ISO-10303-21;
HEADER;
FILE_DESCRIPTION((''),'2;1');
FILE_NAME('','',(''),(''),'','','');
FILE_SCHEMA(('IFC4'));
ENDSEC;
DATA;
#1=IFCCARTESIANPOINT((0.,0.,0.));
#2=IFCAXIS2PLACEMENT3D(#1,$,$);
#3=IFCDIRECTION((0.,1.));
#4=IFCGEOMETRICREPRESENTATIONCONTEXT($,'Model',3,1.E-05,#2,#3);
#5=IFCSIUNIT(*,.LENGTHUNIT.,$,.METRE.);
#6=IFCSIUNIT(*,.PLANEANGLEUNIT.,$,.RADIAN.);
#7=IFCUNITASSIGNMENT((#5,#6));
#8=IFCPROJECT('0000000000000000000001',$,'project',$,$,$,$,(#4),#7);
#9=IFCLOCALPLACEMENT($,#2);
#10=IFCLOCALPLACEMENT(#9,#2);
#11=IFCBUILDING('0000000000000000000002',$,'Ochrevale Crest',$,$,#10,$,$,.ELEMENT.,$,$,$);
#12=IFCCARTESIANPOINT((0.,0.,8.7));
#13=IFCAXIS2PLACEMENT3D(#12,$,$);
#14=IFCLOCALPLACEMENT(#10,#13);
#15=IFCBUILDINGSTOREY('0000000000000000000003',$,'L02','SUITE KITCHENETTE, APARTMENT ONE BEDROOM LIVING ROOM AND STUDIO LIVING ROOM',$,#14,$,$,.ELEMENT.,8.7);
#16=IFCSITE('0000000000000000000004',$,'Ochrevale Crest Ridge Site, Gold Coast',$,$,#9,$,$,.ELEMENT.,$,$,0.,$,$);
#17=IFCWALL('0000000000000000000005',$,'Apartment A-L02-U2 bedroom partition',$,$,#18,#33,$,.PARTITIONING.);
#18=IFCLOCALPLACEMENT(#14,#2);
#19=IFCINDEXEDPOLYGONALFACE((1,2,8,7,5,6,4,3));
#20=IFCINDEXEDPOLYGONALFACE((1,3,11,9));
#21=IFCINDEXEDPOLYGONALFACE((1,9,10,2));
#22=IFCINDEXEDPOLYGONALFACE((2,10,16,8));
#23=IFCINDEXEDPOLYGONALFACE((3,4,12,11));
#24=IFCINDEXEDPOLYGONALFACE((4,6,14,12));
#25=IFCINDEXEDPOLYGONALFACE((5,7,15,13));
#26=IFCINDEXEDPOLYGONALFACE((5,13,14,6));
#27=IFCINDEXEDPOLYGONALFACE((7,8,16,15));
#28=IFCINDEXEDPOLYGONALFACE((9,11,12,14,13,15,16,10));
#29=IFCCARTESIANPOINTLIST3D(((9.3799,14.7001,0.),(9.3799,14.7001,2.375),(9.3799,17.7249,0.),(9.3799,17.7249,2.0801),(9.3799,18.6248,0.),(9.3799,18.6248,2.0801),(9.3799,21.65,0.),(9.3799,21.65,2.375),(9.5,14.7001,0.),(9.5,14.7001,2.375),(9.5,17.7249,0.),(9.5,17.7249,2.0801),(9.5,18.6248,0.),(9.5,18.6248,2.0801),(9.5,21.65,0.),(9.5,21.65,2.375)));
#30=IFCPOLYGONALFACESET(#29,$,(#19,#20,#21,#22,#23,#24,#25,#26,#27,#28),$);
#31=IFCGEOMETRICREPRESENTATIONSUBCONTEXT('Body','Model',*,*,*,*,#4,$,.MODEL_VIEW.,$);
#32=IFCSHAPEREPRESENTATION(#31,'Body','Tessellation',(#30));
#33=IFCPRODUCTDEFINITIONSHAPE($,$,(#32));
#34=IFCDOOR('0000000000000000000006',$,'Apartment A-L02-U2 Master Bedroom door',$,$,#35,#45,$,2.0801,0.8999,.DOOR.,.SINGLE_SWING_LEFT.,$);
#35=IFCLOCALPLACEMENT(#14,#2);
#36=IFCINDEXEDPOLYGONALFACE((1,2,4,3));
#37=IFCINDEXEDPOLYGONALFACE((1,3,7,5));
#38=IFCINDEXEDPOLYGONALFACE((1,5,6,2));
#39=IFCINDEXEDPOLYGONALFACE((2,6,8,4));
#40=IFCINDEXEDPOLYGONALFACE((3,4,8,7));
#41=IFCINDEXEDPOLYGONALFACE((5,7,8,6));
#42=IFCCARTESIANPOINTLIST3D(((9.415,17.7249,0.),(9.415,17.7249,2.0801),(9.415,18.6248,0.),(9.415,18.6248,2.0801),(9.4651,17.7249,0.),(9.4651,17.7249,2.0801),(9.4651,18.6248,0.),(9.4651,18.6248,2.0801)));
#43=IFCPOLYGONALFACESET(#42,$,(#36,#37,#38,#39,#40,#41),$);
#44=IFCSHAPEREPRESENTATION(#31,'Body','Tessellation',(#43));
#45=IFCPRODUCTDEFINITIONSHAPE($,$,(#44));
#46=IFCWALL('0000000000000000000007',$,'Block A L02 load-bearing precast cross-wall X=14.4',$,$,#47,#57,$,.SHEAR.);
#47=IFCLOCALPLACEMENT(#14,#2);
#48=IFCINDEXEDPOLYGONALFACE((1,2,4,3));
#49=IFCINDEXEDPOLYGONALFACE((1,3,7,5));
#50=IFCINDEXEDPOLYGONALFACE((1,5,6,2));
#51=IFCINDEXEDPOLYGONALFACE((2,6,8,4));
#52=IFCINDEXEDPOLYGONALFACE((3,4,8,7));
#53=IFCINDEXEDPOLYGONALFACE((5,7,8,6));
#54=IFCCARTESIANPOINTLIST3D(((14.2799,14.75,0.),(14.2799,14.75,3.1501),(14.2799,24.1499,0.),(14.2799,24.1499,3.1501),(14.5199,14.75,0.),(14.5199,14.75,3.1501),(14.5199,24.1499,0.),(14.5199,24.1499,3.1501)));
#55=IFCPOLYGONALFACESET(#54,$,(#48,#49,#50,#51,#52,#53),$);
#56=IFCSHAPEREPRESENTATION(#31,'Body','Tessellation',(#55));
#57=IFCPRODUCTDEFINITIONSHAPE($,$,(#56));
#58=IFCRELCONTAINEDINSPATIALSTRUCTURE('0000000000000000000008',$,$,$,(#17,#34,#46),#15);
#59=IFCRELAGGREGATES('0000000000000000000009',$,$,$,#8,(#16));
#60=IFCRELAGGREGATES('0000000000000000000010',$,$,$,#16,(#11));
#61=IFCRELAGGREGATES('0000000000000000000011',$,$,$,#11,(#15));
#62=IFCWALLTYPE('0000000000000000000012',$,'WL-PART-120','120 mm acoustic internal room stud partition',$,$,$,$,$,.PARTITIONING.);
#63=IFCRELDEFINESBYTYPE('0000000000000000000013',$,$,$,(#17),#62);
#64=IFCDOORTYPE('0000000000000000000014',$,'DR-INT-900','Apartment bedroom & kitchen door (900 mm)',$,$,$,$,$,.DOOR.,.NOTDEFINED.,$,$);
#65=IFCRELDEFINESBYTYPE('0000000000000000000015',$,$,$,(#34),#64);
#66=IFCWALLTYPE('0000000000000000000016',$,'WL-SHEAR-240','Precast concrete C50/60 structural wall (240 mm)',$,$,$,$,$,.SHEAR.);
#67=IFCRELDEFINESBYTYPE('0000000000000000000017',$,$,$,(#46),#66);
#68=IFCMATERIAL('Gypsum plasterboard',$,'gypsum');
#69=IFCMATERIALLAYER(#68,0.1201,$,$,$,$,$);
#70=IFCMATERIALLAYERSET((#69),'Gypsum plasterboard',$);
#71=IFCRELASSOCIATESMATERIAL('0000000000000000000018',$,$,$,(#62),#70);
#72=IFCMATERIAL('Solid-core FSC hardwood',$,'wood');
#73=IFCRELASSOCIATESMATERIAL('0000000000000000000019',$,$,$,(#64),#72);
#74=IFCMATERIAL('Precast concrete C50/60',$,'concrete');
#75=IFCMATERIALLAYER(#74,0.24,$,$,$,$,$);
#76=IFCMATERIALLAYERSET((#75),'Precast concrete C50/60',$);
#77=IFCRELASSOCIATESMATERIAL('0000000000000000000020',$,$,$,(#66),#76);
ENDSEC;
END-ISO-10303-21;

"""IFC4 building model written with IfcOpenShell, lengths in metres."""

from ifc_helpers import new_model, si_unit, direction, frame, frame_2d, origin, place, context, subcontext, project, spatial, rectangle, extrude, material, layer, layer_set, type_object, element, fill, save


model = new_model("IFC4")

# Units and contexts
model_context = context("Model", 3, precision=1e-05, world=origin(), true_north=direction((0.0, 1.0)))
body_context = subcontext(model_context, "Body", "Model", "MODEL_VIEW")
ifc_project = project(units=[si_unit("LENGTHUNIT", "METRE"), si_unit("PLANEANGLEUNIT", "RADIAN")], contexts=[model_context])

# Site, building, storey
site_placement = place(None, origin())
site = spatial("IfcSite", under=ifc_project, at=site_placement, Name="Ochrevale Crest Ridge Site, Gold Coast", CompositionType="ELEMENT", RefElevation=0.0)
building_placement = place(site_placement, origin())
building = spatial("IfcBuilding", under=site, at=building_placement, Name="Ochrevale Crest", CompositionType="ELEMENT")
storey_placement = place(building_placement, frame((0.0, 0.0, 8.7)))
storey = spatial("IfcBuildingStorey", under=building, at=storey_placement, Name="L02", Description="SUITE KITCHENETTE, APARTMENT ONE BEDROOM LIVING ROOM AND STUDIO LIVING ROOM", CompositionType="ELEMENT", Elevation=8.7)

# Shared definitions
ifc_material_1 = material(Name="Precast concrete C50/60", Category="concrete")

# Wall, opening, door
ifc_material_2 = material(Name="Gypsum plasterboard", Category="gypsum")
ifc_layer_1 = layer(ifc_material_2, 0.1201)
ifc_layer_set_1 = layer_set([ifc_layer_1], Name="Gypsum plasterboard")
wall_type_1 = type_object("IfcWallType", Name="WL-PART-120", Description="120 mm acoustic internal room stud partition", PredefinedType="PARTITIONING", material=ifc_layer_set_1)
wall_1_placement = place(storey_placement, frame((9.4399, 14.7, 0.0), z_axis=(0.0, 0.0, 1.0), x_axis=(0.0, 1.0, 0.0)))
wall_1 = element("IfcWall", 1, at=wall_1_placement, inside=storey, type_object=wall_type_1, Name="Apartment A-L02-U2 bedroom partition", PredefinedType="PARTITIONING", context=body_context, shape_type="SweptSolid", body=[
    extrude(rectangle(XDim=6.95, YDim=0.1201, at=frame_2d((3.4751, 0.0))), origin(), (0.0, 0.0, 1.0), 2.375),
])
opening_placement = place(wall_1_placement, frame((3.0249, 0.0, 0.0)))
opening = element("IfcOpeningElement", 2, at=opening_placement, cuts=wall_1, PredefinedType="OPENING", context=body_context, shape_type="SweptSolid", body=[
    extrude(rectangle(XDim=0.8999, YDim=2.0801, at=frame_2d((0.45, 1.04))), frame((0.0, 0.0701, 0.0), z_axis=(0.0, -1.0, 0.0), x_axis=(1.0, 0.0, 0.0)), (0.0, 0.0, 1.0), 0.1401),
])
ifc_material_3 = material(Name="Solid-core FSC hardwood", Category="wood")
door_type = type_object("IfcDoorType", Name="DR-INT-900", Description="Apartment bedroom & kitchen door (900 mm)", OperationType="NOTDEFINED", PredefinedType="DOOR", material=ifc_material_3)
door_placement = place(opening_placement, origin())
door = element("IfcDoor", 3, at=door_placement, inside=storey, type_object=door_type, Name="Apartment A-L02-U2 Master Bedroom door", OperationType="SINGLE_SWING_LEFT", OverallHeight=2.0801, OverallWidth=0.8999, PredefinedType="DOOR", context=body_context, shape_type="SweptSolid", body=[
    extrude(rectangle(XDim=0.8999, YDim=2.0801, at=frame_2d((0.45, 1.04))), frame((0.0, 0.0249, 0.0), z_axis=(0.0, -1.0, 0.0), x_axis=(1.0, 0.0, 0.0)), (0.0, 0.0, 1.0), 0.05),
])
fill(opening, door)

# Wall
ifc_layer_2 = layer(ifc_material_1, 0.24)
ifc_layer_set_2 = layer_set([ifc_layer_2], Name="Precast concrete C50/60")
wall_type_2 = type_object("IfcWallType", Name="WL-SHEAR-240", Description="Precast concrete C50/60 structural wall (240 mm)", PredefinedType="SHEAR", material=ifc_layer_set_2)
wall_2_placement = place(storey_placement, frame((14.3999, 14.75, 0.0), z_axis=(0.0, 0.0, 1.0), x_axis=(0.0, 1.0, 0.0)))
element("IfcWall", 4, at=wall_2_placement, inside=storey, type_object=wall_type_2, Name="Block A L02 load-bearing precast cross-wall X=14.4", PredefinedType="SHEAR", context=body_context, shape_type="SweptSolid", body=[
    extrude(rectangle(XDim=9.3999, YDim=0.24, at=frame_2d((4.7, 0.0))), origin(), (0.0, 0.0, 1.0), 3.1501),
])

save(model, "model.ifc")
